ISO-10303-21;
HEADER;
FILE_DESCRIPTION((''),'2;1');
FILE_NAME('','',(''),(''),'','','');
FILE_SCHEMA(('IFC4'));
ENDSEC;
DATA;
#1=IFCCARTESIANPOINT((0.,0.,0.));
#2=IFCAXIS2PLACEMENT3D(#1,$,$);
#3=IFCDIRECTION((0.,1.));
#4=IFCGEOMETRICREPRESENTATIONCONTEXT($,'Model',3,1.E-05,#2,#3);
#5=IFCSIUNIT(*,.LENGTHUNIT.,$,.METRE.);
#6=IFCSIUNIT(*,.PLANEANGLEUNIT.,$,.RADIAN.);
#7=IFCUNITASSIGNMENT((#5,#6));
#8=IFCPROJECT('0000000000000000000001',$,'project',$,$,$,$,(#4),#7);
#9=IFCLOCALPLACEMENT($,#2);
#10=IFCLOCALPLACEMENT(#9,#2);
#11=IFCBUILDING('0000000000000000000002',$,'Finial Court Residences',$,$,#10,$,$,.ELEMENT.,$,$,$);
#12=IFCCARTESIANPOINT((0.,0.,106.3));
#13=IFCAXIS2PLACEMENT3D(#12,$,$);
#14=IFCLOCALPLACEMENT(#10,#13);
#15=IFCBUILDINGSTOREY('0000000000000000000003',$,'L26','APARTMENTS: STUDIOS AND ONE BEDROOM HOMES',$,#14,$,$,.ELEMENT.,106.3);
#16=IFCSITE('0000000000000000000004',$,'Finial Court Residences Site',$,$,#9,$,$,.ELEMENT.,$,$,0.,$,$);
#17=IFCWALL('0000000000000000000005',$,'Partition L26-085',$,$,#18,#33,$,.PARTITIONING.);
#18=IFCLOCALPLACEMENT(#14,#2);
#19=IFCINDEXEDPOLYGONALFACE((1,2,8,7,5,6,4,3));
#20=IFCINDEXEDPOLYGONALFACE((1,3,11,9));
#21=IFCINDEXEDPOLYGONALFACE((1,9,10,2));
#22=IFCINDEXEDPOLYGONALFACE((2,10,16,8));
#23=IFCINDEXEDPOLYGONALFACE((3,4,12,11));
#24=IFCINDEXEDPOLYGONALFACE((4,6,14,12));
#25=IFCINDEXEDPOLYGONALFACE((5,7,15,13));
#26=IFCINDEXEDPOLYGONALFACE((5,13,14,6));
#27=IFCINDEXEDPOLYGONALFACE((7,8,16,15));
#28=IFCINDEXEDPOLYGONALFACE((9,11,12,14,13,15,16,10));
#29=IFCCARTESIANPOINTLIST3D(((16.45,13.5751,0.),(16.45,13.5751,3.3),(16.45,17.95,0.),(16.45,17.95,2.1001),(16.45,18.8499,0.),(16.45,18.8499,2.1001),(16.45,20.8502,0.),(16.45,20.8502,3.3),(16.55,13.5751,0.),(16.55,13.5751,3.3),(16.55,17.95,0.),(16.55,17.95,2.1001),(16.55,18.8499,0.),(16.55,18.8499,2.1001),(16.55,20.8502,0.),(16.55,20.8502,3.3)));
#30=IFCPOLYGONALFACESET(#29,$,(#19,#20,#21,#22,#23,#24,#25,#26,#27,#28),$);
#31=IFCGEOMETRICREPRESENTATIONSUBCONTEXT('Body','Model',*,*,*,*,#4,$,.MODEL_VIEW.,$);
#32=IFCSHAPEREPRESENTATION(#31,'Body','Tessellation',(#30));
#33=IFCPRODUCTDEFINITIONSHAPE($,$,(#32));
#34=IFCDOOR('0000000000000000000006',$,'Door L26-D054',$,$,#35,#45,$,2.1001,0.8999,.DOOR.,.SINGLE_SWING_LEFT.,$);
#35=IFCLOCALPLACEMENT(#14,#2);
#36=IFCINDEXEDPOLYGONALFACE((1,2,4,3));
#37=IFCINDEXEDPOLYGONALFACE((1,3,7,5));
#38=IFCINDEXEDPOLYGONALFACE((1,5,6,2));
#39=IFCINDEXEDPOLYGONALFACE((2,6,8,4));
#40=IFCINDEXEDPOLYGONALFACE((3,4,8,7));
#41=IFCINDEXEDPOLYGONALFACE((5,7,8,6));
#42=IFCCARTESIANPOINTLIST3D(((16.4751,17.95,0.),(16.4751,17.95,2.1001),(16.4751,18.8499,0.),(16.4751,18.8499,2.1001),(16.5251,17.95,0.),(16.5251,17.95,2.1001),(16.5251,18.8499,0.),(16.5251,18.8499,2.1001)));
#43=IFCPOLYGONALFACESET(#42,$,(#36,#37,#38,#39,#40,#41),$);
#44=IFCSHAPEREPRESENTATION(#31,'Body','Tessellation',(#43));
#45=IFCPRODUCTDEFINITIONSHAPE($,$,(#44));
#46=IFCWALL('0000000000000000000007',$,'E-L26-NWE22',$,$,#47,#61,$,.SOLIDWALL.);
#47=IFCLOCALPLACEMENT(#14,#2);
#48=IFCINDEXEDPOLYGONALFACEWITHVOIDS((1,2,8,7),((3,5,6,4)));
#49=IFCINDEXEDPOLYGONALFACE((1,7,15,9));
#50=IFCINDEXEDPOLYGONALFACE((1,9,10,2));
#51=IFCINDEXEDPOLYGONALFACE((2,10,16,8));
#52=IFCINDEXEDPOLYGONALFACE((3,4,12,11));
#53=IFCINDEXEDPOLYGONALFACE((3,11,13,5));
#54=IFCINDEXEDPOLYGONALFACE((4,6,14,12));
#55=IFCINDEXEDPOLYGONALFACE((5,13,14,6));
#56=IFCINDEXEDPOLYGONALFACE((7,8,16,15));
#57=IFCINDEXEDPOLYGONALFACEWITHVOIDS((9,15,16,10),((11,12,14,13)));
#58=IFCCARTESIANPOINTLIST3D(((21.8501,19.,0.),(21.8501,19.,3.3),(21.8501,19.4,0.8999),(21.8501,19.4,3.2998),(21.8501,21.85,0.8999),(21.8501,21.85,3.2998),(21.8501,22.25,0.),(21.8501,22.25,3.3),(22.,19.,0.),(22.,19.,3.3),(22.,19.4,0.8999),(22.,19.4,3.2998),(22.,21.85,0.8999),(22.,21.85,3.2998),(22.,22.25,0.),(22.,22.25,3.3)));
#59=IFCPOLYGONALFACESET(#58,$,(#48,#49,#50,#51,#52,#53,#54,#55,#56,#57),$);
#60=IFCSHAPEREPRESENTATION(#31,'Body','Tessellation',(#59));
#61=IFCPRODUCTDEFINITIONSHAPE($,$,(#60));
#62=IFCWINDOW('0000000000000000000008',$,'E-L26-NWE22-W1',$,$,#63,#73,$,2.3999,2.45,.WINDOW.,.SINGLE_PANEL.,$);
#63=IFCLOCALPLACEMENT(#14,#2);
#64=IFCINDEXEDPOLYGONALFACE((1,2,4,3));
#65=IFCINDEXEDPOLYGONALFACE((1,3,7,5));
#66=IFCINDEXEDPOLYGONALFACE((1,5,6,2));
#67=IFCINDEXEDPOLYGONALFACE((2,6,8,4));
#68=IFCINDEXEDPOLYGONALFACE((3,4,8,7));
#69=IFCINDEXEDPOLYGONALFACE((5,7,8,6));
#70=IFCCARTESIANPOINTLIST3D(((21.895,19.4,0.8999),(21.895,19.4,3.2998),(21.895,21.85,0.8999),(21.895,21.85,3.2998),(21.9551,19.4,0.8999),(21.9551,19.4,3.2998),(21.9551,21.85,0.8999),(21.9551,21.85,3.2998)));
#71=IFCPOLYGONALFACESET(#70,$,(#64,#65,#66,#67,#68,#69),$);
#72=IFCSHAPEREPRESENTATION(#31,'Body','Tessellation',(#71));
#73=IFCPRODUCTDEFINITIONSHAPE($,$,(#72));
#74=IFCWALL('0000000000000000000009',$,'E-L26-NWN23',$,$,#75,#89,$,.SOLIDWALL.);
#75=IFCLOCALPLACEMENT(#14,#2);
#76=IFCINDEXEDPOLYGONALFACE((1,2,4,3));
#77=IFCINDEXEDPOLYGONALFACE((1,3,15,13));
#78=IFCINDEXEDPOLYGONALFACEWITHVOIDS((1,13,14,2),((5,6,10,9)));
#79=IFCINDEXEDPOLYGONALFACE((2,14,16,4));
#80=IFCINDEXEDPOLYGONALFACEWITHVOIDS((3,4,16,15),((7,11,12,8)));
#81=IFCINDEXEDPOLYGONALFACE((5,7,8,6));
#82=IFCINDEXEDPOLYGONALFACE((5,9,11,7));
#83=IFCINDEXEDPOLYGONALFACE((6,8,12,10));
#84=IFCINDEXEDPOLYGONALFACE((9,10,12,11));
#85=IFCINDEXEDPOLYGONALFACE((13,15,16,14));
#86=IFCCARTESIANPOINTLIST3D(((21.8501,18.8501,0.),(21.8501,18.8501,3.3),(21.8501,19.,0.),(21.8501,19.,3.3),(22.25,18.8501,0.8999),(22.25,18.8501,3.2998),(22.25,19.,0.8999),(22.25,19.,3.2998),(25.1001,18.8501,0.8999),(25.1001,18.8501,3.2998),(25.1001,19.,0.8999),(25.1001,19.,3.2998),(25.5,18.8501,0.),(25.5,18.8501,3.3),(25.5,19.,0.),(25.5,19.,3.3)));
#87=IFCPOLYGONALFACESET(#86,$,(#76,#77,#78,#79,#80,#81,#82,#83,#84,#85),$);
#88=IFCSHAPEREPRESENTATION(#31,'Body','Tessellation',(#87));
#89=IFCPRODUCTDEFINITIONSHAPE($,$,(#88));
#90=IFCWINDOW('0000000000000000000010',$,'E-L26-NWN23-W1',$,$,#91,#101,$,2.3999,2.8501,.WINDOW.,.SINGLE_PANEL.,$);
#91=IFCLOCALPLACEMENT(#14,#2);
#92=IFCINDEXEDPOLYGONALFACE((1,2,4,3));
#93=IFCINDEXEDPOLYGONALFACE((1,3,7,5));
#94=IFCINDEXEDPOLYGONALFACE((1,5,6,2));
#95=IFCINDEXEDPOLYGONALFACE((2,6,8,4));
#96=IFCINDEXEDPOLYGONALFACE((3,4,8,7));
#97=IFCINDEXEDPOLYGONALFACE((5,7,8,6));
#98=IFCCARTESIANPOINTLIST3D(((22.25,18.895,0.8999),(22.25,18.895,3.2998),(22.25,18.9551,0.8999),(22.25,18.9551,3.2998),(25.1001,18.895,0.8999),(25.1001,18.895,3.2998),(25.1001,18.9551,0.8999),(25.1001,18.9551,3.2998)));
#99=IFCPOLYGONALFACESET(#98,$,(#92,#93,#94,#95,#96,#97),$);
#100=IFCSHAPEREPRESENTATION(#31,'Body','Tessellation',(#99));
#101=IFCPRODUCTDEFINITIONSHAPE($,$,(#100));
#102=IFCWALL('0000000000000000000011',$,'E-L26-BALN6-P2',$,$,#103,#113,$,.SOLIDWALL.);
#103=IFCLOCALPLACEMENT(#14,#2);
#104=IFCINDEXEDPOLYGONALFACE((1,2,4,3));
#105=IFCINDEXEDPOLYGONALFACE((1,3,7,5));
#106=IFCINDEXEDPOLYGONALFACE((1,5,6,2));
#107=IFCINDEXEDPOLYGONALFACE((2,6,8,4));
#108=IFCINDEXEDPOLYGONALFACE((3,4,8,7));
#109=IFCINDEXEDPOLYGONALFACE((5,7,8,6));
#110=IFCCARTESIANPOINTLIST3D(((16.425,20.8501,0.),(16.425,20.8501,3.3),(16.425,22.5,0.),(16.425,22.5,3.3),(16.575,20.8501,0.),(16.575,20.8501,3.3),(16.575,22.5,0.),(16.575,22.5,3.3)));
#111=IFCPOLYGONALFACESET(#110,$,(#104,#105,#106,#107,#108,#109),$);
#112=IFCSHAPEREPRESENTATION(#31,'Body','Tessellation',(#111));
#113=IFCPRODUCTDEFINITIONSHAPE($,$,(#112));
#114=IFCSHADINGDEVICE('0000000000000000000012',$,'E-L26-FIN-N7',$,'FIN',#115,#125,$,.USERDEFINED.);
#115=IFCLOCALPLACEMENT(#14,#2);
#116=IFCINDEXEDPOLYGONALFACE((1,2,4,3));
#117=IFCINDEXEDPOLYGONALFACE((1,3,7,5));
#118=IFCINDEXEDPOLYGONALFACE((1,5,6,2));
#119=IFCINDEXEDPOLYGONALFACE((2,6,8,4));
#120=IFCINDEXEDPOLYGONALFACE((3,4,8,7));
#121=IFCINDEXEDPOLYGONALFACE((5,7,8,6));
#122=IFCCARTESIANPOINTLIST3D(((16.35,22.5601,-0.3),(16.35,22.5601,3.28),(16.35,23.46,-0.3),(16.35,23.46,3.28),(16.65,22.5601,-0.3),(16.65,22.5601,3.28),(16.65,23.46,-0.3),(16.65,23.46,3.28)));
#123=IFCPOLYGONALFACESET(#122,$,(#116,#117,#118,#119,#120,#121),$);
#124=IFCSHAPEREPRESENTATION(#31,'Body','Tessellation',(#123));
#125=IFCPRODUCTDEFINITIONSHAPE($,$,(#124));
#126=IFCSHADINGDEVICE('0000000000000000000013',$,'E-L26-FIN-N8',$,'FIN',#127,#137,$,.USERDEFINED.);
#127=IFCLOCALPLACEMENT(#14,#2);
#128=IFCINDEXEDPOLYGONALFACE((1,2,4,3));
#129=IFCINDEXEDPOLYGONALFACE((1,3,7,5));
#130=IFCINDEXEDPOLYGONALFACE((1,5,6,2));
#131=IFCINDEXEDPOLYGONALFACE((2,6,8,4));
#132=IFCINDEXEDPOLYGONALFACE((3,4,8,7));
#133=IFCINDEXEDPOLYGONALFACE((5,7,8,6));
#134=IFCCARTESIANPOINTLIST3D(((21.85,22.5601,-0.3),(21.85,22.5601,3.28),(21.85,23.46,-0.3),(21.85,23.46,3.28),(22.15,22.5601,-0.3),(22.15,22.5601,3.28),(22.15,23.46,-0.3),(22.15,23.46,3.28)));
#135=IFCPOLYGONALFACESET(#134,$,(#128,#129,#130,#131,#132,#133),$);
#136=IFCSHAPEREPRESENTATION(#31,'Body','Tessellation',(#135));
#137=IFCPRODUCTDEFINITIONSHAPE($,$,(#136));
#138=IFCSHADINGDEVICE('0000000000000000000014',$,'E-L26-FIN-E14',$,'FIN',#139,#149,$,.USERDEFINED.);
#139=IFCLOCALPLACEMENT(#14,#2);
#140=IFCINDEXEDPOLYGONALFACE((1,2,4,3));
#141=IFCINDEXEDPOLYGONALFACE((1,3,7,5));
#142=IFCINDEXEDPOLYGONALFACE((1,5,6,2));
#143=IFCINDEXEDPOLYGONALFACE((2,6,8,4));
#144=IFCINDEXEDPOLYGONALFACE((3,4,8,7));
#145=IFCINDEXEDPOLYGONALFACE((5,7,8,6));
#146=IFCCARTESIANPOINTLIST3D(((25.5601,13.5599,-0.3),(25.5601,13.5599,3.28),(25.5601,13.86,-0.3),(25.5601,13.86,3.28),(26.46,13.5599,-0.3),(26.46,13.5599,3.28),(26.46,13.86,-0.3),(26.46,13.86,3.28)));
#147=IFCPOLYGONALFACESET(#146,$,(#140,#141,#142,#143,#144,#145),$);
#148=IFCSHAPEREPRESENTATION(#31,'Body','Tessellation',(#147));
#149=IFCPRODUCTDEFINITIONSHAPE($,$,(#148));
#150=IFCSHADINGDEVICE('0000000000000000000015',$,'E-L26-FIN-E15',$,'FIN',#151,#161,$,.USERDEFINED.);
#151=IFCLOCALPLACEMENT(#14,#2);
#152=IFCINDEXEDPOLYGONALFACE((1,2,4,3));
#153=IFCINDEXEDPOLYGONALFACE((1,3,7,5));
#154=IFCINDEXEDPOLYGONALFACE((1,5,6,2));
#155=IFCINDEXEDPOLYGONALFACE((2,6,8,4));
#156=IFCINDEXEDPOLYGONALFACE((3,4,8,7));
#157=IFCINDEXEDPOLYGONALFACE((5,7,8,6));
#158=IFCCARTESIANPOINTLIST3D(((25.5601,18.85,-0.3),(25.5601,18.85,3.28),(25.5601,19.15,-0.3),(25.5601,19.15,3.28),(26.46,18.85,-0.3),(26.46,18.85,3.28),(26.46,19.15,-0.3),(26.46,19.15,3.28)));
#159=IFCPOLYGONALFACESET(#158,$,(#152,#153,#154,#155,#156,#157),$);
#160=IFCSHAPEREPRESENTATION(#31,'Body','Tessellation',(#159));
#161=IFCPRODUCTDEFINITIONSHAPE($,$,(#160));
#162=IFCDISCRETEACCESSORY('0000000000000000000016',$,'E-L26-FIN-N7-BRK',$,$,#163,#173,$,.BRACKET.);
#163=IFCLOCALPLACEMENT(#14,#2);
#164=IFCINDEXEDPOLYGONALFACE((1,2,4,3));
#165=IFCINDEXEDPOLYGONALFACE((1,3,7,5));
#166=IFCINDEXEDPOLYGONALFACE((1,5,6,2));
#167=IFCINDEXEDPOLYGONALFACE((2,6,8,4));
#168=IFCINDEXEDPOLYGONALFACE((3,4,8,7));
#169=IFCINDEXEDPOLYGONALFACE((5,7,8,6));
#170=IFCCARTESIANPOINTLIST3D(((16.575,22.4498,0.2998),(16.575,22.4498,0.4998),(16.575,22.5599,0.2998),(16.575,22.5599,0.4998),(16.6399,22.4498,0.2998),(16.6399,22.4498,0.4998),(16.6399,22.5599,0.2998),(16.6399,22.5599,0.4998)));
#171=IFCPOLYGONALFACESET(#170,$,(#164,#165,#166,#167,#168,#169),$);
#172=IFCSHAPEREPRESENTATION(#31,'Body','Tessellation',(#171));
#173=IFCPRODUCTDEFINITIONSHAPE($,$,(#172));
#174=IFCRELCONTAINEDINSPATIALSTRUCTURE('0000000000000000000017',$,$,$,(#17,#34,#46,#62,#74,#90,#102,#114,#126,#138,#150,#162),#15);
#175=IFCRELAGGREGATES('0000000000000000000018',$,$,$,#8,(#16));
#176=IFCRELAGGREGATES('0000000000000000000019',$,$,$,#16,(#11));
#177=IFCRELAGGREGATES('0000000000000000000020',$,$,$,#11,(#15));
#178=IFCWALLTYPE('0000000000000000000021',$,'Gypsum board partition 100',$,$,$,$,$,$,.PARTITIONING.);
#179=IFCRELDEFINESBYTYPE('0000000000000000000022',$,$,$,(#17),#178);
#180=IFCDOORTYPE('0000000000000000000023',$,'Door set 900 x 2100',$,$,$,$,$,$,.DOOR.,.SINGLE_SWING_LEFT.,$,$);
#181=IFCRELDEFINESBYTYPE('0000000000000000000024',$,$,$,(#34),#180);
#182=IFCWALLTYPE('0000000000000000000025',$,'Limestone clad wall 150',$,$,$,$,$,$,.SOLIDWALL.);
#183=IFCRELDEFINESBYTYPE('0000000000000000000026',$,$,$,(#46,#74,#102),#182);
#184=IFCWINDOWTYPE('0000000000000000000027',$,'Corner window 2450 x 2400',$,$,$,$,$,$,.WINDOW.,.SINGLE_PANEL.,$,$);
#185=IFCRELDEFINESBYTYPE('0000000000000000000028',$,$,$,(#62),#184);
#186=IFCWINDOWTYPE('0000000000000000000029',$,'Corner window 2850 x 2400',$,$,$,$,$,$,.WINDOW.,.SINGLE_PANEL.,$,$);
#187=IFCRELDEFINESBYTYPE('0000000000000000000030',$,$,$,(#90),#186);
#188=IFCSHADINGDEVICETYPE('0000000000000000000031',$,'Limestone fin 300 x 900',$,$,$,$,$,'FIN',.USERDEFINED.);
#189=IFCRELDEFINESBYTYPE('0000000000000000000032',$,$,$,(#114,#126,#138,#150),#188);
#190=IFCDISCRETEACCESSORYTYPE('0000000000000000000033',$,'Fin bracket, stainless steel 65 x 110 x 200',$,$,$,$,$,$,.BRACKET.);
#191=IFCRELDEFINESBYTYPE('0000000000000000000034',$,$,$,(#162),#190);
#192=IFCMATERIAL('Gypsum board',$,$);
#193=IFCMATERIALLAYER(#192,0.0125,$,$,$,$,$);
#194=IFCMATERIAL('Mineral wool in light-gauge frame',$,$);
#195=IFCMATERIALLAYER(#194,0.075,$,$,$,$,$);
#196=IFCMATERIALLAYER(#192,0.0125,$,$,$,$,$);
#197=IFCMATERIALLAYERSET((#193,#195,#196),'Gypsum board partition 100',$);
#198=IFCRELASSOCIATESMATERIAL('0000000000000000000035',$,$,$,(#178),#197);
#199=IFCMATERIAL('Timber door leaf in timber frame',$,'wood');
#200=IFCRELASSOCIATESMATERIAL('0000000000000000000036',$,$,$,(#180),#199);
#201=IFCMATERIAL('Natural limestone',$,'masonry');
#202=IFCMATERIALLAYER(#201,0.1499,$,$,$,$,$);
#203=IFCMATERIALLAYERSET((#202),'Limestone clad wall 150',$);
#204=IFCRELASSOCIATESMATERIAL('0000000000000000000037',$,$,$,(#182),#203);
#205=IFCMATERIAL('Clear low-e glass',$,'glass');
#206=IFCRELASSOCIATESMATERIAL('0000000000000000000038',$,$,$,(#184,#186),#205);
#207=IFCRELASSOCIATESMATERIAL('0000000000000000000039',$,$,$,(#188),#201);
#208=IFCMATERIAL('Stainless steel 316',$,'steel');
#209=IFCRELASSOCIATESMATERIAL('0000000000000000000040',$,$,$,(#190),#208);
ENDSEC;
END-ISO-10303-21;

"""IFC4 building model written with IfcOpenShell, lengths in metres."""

from ifc_helpers import new_model, si_unit, direction, frame, frame_2d, origin, origin_2d, place, context, subcontext, project, spatial, rectangle, extrude, material, layer, layer_set, type_object, element, fill, save


model = new_model("IFC4")

# Units and contexts
model_context = context("Model", 3, precision=1e-05, world=origin(), true_north=direction((0.0, 1.0)))
body_context = subcontext(model_context, "Body", "Model", "MODEL_VIEW")
ifc_project = project(units=[si_unit("LENGTHUNIT", "METRE"), si_unit("PLANEANGLEUNIT", "RADIAN")], contexts=[model_context])

# Site, building, storey
site_placement = place(None, origin())
site = spatial("IfcSite", under=ifc_project, at=site_placement, Name="Finial Court Residences Site", CompositionType="ELEMENT", RefElevation=0.0)
building_placement = place(site_placement, origin())
building = spatial("IfcBuilding", under=site, at=building_placement, Name="Finial Court Residences", CompositionType="ELEMENT")
storey_placement = place(building_placement, frame((0.0, 0.0, 106.3)))
storey = spatial("IfcBuildingStorey", under=building, at=storey_placement, Name="L26", Description="APARTMENTS: STUDIOS AND ONE BEDROOM HOMES", CompositionType="ELEMENT", Elevation=106.3)

# Shared definitions
ifc_material_1 = material(Name="Clear low-e glass", Category="glass")

# Shared definitions
ifc_material_2 = material(Name="Gypsum board")
ifc_layer_1 = layer(ifc_material_2, 0.0125)
ifc_material_3 = material(Name="Mineral wool in light-gauge frame")
ifc_layer_2 = layer(ifc_material_3, 0.075)
ifc_layer_3 = layer(ifc_material_2, 0.0125)
ifc_layer_set_1 = layer_set([ifc_layer_1, ifc_layer_2, ifc_layer_3], Name="Gypsum board partition 100")
wall_type_1 = type_object("IfcWallType", Name="Gypsum board partition 100", PredefinedType="PARTITIONING", material=ifc_layer_set_1)

# Wall, opening, door
wall_1_placement = place(storey_placement, frame((16.5, 13.575, 0.0), z_axis=(0.0, 0.0, 1.0), x_axis=(0.0, 1.0, 0.0)))
wall_1 = element("IfcWall", 1, at=wall_1_placement, inside=storey, type_object=wall_type_1, Name="Partition L26-085", PredefinedType="PARTITIONING", context=body_context, shape_type="SweptSolid", body=[
    extrude(rectangle(XDim=7.2751, YDim=0.1001, at=frame_2d((3.6377, 0.0))), origin(), (0.0, 0.0, 1.0), 3.3),
])
opening_1_placement = place(wall_1_placement, frame((4.375, 0.0, 0.0)))
opening_1 = element("IfcOpeningElement", 2, at=opening_1_placement, cuts=wall_1, PredefinedType="OPENING", context=body_context, shape_type="SweptSolid", body=[
    extrude(rectangle(XDim=0.8999, YDim=2.1001, at=frame_2d((0.45, 1.05))), frame((0.0, 0.0601, 0.0), z_axis=(0.0, -1.0, 0.0), x_axis=(1.0, 0.0, 0.0)), (0.0, 0.0, 1.0), 0.1201),
])
ifc_material_4 = material(Name="Timber door leaf in timber frame", Category="wood")
door_type = type_object("IfcDoorType", Name="Door set 900 x 2100", OperationType="SINGLE_SWING_LEFT", PredefinedType="DOOR", material=ifc_material_4)
door_placement = place(opening_1_placement, origin())
door = element("IfcDoor", 3, at=door_placement, inside=storey, type_object=door_type, Name="Door L26-D054", OperationType="SINGLE_SWING_LEFT", OverallHeight=2.1001, OverallWidth=0.8999, PredefinedType="DOOR", context=body_context, shape_type="SweptSolid", body=[
    extrude(rectangle(XDim=0.8999, YDim=2.1001, at=frame_2d((0.45, 1.05))), frame((0.0, 0.0249, 0.0), z_axis=(0.0, -1.0, 0.0), x_axis=(1.0, 0.0, 0.0)), (0.0, 0.0, 1.0), 0.05),
])
fill(opening_1, door)

# Walls, openings, windows
ifc_material_5 = material(Name="Natural limestone", Category="masonry")
ifc_layer_4 = layer(ifc_material_5, 0.1499)
ifc_layer_set_2 = layer_set([ifc_layer_4], Name="Limestone clad wall 150")
wall_type_2 = type_object("IfcWallType", Name="Limestone clad wall 150", PredefinedType="SOLIDWALL", material=ifc_layer_set_2)
wall_2_placement = place(storey_placement, frame((21.925, 22.25, 0.0), z_axis=(0.0, 0.0, 1.0), x_axis=(0.0, -1.0, 0.0)))
wall_2 = element("IfcWall", 4, at=wall_2_placement, inside=storey, type_object=wall_type_2, Name="E-L26-NWE22", PredefinedType="SOLIDWALL", context=body_context, shape_type="SweptSolid", body=[
    extrude(rectangle(XDim=3.25, YDim=0.1499, at=frame_2d((1.625, 0.0))), origin(), (0.0, 0.0, 1.0), 3.3),
])
opening_2_placement = place(wall_2_placement, frame((0.3999, 0.0, 0.8999)))
opening_2 = element("IfcOpeningElement", 5, at=opening_2_placement, cuts=wall_2, PredefinedType="OPENING", context=body_context, shape_type="SweptSolid", body=[
    extrude(rectangle(XDim=2.45, YDim=2.3999, at=frame_2d((1.2251, 1.2))), frame((0.0, 0.085, 0.0), z_axis=(0.0, -1.0, 0.0), x_axis=(1.0, 0.0, 0.0)), (0.0, 0.0, 1.0), 0.1699),
])
window_type_1 = type_object("IfcWindowType", Name="Corner window 2450 x 2400", PartitioningType="SINGLE_PANEL", PredefinedType="WINDOW", material=ifc_material_1)
window_1_placement = place(opening_2_placement, origin())
window_1 = element("IfcWindow", 6, at=window_1_placement, inside=storey, type_object=window_type_1, Name="E-L26-NWE22-W1", OverallHeight=2.3999, OverallWidth=2.45, PartitioningType="SINGLE_PANEL", PredefinedType="WINDOW", context=body_context, shape_type="SweptSolid", body=[
    extrude(rectangle(XDim=2.45, YDim=2.3999, at=frame_2d((1.2251, 1.2))), frame((0.0, 0.03, 0.0), z_axis=(0.0, -1.0, 0.0), x_axis=(1.0, 0.0, 0.0)), (0.0, 0.0, 1.0), 0.0601),
])
fill(opening_2, window_1)
wall_3_placement = place(storey_placement, frame((21.8501, 18.925, 0.0), z_axis=(0.0, 0.0, 1.0), x_axis=(1.0, 0.0, 0.0)))
wall_3 = element("IfcWall", 7, at=wall_3_placement, inside=storey, type_object=wall_type_2, Name="E-L26-NWN23", PredefinedType="SOLIDWALL", context=body_context, shape_type="SweptSolid", body=[
    extrude(rectangle(XDim=3.6499, YDim=0.1499, at=frame_2d((1.825, 0.0))), origin(), (0.0, 0.0, 1.0), 3.3),
])
opening_3_placement = place(wall_3_placement, frame((0.3999, 0.0, 0.8999)))
opening_3 = element("IfcOpeningElement", 8, at=opening_3_placement, cuts=wall_3, PredefinedType="OPENING", context=body_context, shape_type="SweptSolid", body=[
    extrude(rectangle(XDim=2.8501, YDim=2.3999, at=frame_2d((1.425, 1.2))), frame((0.0, 0.085, 0.0), z_axis=(0.0, -1.0, 0.0), x_axis=(1.0, 0.0, 0.0)), (0.0, 0.0, 1.0), 0.1699),
])
window_type_2 = type_object("IfcWindowType", Name="Corner window 2850 x 2400", PartitioningType="SINGLE_PANEL", PredefinedType="WINDOW", material=ifc_material_1)
window_2_placement = place(opening_3_placement, origin())
window_2 = element("IfcWindow", 9, at=window_2_placement, inside=storey, type_object=window_type_2, Name="E-L26-NWN23-W1", OverallHeight=2.3999, OverallWidth=2.8501, PartitioningType="SINGLE_PANEL", PredefinedType="WINDOW", context=body_context, shape_type="SweptSolid", body=[
    extrude(rectangle(XDim=2.8501, YDim=2.3999, at=frame_2d((1.425, 1.2))), frame((0.0, 0.03, 0.0), z_axis=(0.0, -1.0, 0.0), x_axis=(1.0, 0.0, 0.0)), (0.0, 0.0, 1.0), 0.0601),
])
fill(opening_3, window_2)

# Wall
wall_4_placement = place(storey_placement, frame((16.5, 20.8501, 0.0), z_axis=(0.0, 0.0, 1.0), x_axis=(0.0, 1.0, 0.0)))
element("IfcWall", 10, at=wall_4_placement, inside=storey, type_object=wall_type_2, Name="E-L26-BALN6-P2", PredefinedType="SOLIDWALL", context=body_context, shape_type="SweptSolid", body=[
    extrude(rectangle(XDim=1.6499, YDim=0.1499, at=frame_2d((0.825, 0.0))), origin(), (0.0, 0.0, 1.0), 3.3),
])

# Shading devices
shading_device_type = type_object("IfcShadingDeviceType", Name="Limestone fin 300 x 900", ElementType="FIN", PredefinedType="USERDEFINED", material=ifc_material_5)
for number, where, z_axis, x_axis, name in (
    (11, (16.5, 23.01, -0.3), (0.0, 0.0, 1.0), (1.0, 0.0, 0.0), "E-L26-FIN-N7"),
    (12, (22.0, 23.01, -0.3), (0.0, 0.0, 1.0), (1.0, 0.0, 0.0), "E-L26-FIN-N8"),
):
    element("IfcShadingDevice", number, at=place(storey_placement, frame(where, z_axis=z_axis, x_axis=x_axis)), inside=storey, type_object=shading_device_type, Name=name, ObjectType="FIN", PredefinedType="USERDEFINED", context=body_context, shape_type="SweptSolid", body=[
        extrude(rectangle(XDim=0.3, YDim=0.8999, at=origin_2d()), origin(), (0.0, 0.0, 1.0), 3.5801),
    ])
for number, where, z_axis, x_axis, name in (
    (13, (26.01, 13.71, -0.3), (0.0, 0.0, 1.0), (1.0, 0.0, 0.0), "E-L26-FIN-E14"),
    (14, (26.01, 19.0, -0.3), (0.0, 0.0, 1.0), (1.0, 0.0, 0.0), "E-L26-FIN-E15"),
):
    element("IfcShadingDevice", number, at=place(storey_placement, frame(where, z_axis=z_axis, x_axis=x_axis)), inside=storey, type_object=shading_device_type, Name=name, ObjectType="FIN", PredefinedType="USERDEFINED", context=body_context, shape_type="SweptSolid", body=[
        extrude(rectangle(XDim=0.8999, YDim=0.3, at=origin_2d()), origin(), (0.0, 0.0, 1.0), 3.5801),
    ])

# Discrete accessory
ifc_material_6 = material(Name="Stainless steel 316", Category="steel")
discrete_accessory_type = type_object("IfcDiscreteAccessoryType", Name="Fin bracket, stainless steel 65 x 110 x 200", PredefinedType="BRACKET", material=ifc_material_6)
for number, where, z_axis, x_axis, name in (
    (15, (16.6074, 22.5049, 0.2998), (0.0, 0.0, 1.0), (1.0, 0.0, 0.0), "E-L26-FIN-N7-BRK"),
):
    element("IfcDiscreteAccessory", number, at=place(storey_placement, frame(where, z_axis=z_axis, x_axis=x_axis)), inside=storey, type_object=discrete_accessory_type, Name=name, PredefinedType="BRACKET", context=body_context, shape_type="SweptSolid", body=[
        extrude(rectangle(XDim=0.0649, YDim=0.1101, at=origin_2d()), origin(), (0.0, 0.0, 1.0), 0.2),
    ])

save(model, "model.ifc")
